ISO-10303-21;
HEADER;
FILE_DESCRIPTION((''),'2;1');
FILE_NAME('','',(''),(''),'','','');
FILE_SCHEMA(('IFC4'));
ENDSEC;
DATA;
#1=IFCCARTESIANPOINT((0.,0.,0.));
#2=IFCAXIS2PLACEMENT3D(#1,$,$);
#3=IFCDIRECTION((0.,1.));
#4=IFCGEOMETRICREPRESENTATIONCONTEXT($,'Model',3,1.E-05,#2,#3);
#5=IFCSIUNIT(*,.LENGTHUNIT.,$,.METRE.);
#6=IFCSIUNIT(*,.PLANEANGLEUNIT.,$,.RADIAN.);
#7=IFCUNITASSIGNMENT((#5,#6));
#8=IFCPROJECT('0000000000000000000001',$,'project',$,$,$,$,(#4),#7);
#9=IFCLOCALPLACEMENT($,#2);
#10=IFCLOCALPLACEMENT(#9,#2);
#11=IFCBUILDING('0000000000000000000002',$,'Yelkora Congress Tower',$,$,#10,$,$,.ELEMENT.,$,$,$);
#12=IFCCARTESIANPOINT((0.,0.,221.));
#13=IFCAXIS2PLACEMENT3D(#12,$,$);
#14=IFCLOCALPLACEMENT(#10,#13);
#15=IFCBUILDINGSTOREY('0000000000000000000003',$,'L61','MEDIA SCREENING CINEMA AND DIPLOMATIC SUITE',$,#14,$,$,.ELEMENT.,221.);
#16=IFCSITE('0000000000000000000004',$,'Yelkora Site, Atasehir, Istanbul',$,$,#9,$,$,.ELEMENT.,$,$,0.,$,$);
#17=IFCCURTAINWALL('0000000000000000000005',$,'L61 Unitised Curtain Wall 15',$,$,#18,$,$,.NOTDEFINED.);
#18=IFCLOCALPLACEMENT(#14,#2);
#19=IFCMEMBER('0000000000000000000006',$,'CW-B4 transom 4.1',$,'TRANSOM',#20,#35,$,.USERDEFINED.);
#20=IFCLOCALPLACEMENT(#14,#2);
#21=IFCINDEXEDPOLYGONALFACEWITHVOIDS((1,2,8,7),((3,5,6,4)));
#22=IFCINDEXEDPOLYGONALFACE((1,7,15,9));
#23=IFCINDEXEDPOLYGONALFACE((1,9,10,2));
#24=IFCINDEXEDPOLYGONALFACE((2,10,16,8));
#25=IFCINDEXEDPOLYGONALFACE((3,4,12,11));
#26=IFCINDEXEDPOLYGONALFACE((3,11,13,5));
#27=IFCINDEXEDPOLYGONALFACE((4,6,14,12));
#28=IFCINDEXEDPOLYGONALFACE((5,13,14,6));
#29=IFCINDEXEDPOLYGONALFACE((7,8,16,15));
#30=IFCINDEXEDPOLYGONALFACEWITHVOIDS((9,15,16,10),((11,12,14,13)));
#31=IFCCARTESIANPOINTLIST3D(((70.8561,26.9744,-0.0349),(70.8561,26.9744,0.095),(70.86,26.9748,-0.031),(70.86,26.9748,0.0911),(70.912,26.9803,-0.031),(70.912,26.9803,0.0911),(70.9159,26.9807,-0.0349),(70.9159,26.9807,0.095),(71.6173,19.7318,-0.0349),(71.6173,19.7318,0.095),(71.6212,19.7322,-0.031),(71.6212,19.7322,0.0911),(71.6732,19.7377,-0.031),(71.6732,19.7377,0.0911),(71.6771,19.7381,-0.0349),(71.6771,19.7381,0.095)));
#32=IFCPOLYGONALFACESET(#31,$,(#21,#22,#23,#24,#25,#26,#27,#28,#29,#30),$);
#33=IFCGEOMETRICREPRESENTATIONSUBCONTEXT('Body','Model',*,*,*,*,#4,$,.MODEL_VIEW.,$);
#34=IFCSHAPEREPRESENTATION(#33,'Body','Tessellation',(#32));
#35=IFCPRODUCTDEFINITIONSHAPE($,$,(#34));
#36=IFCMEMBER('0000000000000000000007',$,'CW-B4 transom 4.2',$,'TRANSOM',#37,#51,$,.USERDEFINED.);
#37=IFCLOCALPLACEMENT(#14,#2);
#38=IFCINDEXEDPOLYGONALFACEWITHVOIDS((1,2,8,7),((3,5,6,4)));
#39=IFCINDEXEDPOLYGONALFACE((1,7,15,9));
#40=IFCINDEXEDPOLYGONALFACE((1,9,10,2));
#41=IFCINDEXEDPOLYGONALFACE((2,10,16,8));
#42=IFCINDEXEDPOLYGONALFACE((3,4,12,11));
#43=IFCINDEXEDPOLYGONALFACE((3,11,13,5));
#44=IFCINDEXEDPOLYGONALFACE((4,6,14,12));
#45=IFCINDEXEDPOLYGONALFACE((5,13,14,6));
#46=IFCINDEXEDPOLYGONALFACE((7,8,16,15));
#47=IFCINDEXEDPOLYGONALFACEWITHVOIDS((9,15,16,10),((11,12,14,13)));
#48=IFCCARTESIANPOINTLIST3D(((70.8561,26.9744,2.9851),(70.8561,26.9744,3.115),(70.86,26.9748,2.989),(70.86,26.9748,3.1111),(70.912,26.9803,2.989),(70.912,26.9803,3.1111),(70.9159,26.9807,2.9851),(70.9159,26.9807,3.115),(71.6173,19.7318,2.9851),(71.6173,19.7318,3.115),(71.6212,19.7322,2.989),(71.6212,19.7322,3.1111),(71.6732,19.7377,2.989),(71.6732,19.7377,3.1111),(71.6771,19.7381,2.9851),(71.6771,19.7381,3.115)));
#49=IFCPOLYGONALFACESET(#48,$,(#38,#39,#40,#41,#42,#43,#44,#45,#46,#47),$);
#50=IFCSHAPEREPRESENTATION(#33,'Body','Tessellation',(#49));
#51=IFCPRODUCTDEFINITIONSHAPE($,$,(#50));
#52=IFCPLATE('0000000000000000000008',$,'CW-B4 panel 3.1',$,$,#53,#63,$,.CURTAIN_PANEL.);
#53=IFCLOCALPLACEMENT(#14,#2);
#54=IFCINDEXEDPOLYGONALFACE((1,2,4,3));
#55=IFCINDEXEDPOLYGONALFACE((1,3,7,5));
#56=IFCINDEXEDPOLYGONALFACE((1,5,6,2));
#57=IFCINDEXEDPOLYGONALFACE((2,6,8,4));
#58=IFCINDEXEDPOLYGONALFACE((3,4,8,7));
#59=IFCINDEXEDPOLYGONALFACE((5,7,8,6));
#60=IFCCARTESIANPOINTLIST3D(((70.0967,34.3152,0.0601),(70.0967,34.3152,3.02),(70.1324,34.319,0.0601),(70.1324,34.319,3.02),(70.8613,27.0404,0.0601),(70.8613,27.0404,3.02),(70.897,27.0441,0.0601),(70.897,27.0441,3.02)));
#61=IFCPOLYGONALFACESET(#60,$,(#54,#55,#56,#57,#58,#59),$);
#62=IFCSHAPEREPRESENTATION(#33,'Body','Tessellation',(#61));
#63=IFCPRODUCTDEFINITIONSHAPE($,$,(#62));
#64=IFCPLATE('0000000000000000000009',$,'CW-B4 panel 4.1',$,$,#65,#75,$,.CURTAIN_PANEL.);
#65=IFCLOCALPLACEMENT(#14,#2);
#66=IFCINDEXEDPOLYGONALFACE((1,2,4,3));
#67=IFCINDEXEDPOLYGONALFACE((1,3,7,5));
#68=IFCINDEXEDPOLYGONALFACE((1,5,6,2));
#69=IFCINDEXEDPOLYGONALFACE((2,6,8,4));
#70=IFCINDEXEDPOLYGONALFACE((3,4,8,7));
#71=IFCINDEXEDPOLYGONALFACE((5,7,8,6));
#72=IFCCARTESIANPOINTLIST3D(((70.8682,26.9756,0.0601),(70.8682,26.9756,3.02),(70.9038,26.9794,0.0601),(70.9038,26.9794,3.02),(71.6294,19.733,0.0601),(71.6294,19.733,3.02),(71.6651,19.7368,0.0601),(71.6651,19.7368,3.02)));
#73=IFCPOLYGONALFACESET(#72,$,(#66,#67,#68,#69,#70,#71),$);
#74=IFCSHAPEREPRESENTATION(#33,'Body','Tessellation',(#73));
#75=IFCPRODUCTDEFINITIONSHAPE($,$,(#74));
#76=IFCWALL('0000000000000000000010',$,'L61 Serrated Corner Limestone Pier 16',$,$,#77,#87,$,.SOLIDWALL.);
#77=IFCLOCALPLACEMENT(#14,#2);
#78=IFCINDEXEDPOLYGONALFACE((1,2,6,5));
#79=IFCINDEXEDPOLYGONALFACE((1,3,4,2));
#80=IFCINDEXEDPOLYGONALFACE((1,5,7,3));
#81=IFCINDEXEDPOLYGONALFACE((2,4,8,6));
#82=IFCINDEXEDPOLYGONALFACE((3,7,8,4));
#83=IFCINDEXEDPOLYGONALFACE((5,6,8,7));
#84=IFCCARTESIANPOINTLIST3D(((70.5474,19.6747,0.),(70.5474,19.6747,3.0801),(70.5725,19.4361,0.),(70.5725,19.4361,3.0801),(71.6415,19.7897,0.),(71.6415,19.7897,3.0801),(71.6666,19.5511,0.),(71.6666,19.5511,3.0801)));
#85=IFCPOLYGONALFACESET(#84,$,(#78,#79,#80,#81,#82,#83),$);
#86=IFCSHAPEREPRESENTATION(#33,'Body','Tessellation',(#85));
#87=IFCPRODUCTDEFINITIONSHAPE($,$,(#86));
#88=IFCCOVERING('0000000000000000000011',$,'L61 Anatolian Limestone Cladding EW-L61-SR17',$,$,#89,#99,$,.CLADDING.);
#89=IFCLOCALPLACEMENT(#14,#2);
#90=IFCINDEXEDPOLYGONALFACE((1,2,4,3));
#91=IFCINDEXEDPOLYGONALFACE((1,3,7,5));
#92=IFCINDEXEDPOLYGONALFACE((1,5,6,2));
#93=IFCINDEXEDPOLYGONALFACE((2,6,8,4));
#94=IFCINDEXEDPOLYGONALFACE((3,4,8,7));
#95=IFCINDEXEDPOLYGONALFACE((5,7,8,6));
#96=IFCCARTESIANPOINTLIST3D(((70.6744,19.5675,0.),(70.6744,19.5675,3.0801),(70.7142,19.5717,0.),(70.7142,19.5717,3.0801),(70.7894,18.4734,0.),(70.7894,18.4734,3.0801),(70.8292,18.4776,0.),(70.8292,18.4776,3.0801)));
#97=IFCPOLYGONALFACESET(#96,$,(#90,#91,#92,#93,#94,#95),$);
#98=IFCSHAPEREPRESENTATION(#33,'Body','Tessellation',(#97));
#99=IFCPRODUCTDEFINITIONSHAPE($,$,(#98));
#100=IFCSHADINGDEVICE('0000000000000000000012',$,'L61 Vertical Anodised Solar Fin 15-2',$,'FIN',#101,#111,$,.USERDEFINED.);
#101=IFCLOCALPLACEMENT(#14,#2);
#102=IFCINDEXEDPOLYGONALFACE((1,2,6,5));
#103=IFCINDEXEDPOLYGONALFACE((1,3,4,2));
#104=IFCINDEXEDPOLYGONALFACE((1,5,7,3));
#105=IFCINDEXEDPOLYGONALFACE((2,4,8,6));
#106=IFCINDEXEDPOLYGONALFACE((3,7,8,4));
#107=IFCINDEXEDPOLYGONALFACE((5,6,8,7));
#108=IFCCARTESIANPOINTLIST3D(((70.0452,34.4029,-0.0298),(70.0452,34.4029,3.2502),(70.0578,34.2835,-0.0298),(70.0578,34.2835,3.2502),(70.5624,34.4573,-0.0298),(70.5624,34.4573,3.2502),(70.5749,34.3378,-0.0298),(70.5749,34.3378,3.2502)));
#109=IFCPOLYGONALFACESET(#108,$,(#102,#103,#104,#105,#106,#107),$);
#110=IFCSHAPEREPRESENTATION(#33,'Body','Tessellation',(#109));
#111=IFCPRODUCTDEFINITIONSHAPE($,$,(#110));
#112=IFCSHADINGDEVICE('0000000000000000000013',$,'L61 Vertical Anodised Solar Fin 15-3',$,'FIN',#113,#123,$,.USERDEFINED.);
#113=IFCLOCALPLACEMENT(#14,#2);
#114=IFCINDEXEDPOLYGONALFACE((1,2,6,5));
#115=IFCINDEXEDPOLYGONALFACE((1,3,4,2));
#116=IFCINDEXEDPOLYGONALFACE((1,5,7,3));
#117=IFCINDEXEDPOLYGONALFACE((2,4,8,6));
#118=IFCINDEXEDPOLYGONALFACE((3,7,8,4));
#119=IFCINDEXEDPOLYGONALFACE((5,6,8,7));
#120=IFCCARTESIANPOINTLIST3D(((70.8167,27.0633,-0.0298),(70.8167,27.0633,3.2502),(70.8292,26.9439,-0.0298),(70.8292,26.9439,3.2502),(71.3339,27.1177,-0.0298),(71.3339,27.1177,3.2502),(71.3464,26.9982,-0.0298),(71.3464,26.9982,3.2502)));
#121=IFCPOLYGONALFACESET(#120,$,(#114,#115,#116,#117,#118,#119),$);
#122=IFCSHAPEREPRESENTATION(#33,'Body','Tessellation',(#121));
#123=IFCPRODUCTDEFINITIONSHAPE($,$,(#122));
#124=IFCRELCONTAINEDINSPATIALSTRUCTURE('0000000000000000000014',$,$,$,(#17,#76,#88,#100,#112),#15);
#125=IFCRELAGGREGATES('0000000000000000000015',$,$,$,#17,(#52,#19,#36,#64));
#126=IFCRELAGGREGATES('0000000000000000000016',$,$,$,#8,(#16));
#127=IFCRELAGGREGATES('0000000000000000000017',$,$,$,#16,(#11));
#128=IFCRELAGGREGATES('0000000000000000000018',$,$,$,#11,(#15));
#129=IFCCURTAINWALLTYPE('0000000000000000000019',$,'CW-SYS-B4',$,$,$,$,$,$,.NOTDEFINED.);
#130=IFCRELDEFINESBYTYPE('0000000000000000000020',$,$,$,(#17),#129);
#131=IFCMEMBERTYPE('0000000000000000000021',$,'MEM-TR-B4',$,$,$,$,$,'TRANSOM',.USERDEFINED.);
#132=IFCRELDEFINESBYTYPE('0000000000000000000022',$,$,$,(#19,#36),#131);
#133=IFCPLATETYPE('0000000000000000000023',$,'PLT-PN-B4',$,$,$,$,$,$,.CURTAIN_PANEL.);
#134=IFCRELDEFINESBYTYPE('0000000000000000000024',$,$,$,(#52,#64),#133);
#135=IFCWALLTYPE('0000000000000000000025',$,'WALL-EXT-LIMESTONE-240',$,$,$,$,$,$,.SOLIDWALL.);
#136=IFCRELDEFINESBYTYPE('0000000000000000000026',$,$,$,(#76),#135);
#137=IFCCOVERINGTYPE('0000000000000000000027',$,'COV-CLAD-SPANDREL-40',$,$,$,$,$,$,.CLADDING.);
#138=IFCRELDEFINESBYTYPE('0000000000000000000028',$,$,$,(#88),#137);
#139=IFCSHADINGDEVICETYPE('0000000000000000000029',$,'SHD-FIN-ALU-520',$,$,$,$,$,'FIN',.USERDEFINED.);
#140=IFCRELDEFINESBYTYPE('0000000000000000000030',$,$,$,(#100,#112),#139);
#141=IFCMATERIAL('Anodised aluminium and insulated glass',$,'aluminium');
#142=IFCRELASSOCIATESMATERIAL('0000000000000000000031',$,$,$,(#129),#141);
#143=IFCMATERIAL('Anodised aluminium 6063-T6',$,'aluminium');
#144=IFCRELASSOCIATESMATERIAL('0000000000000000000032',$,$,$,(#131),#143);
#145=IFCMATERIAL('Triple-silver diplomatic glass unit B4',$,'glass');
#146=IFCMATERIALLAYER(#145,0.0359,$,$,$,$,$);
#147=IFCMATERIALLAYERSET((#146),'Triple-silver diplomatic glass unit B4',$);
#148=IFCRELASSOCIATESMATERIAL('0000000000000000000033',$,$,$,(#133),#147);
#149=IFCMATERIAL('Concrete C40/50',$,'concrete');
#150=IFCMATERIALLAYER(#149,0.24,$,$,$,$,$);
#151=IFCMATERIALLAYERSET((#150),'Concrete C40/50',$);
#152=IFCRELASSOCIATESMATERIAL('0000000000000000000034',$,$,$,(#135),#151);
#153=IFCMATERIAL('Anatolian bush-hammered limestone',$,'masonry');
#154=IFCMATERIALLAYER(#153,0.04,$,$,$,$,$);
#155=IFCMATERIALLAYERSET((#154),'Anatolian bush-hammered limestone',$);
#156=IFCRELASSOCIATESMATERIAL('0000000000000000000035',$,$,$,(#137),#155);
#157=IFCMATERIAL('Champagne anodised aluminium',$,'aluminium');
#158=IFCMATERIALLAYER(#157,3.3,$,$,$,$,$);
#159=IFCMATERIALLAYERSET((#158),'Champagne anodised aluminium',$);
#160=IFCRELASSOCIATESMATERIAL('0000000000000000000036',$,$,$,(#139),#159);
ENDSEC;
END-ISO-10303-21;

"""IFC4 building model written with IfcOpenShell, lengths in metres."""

from ifc_helpers import new_model, si_unit, direction, frame, frame_2d, origin, origin_2d, place, context, subcontext, project, spatial, rectangle, hollow_rectangle, extrude, material, layer, layer_set, material_profile, profile_set, type_object, element, aggregate, save


model = new_model("IFC4")

# Units and contexts
model_context = context("Model", 3, precision=1e-05, world=origin(), true_north=direction((0.0, 1.0)))
body_context = subcontext(model_context, "Body", "Model", "MODEL_VIEW")
ifc_project = project(units=[si_unit("LENGTHUNIT", "METRE"), si_unit("PLANEANGLEUNIT", "RADIAN")], contexts=[model_context])

# Site, building, storey
site_placement = place(None, origin())
site = spatial("IfcSite", under=ifc_project, at=site_placement, Name="Yelkora Site, Atasehir, Istanbul", CompositionType="ELEMENT", RefElevation=0.0)
building_placement = place(site_placement, origin())
building = spatial("IfcBuilding", under=site, at=building_placement, Name="Yelkora Congress Tower", CompositionType="ELEMENT")
storey_placement = place(building_placement, frame((0.0, 0.0, 221.0)))
storey = spatial("IfcBuildingStorey", under=building, at=storey_placement, Name="L61", Description="MEDIA SCREENING CINEMA AND DIPLOMATIC SUITE", CompositionType="ELEMENT", Elevation=221.0)

# Curtain wall, members, plates
ifc_material_1 = material(Name="Anodised aluminium and insulated glass", Category="aluminium")
curtain_wall_type = type_object("IfcCurtainWallType", Name="CW-SYS-B4", PredefinedType="NOTDEFINED", material=ifc_material_1)
curtain_wall_placement = place(storey_placement, origin())
curtain_wall = element("IfcCurtainWall", 1, at=curtain_wall_placement, inside=storey, type_object=curtain_wall_type, Name="L61 Unitised Curtain Wall 15", PredefinedType="NOTDEFINED")
ifc_material_2 = material(Name="Anodised aluminium 6063-T6", Category="aluminium")
ifc_material_profile_1 = material_profile(ifc_material_2, hollow_rectangle(XDim=0.0601, YDim=0.1299, WallThickness=0.0039, at=origin_2d()), Name="ALU 60x130x4")
ifc_profile_set_1 = profile_set([ifc_material_profile_1], Name="Anodised aluminium 6063-T6")
member_type_1 = type_object("IfcMemberType", Name="MEM-TR-B4", ElementType="TRANSOM", PredefinedType="USERDEFINED", material=ifc_profile_set_1)
member_1_placement = place(storey_placement, frame((70.886, 26.9775, 0.03), z_axis=(0.104528, -0.994522, 0.0), x_axis=(0.994522, 0.104528, 0.0)))
member_1 = element("IfcMember", 2, at=member_1_placement, type_object=member_type_1, Name="CW-B4 transom 4.1", ObjectType="TRANSOM", PredefinedType="USERDEFINED", context=body_context, shape_type="SweptSolid", body=[
    extrude(hollow_rectangle(XDim=0.0601, YDim=0.1299, WallThickness=0.0039, at=origin_2d()), origin(), (0.0, 0.0, 1.0), 7.2825),
])
member_2_placement = place(storey_placement, frame((70.886, 26.9775, 3.05), z_axis=(0.104528, -0.994522, 0.0), x_axis=(0.994522, 0.104528, 0.0)))
member_2 = element("IfcMember", 3, at=member_2_placement, type_object=member_type_1, Name="CW-B4 transom 4.2", ObjectType="TRANSOM", PredefinedType="USERDEFINED", context=body_context, shape_type="SweptSolid", body=[
    extrude(hollow_rectangle(XDim=0.0601, YDim=0.1299, WallThickness=0.0039, at=origin_2d()), origin(), (0.0, 0.0, 1.0), 7.2825),
])
ifc_material_3 = material(Name="Triple-silver diplomatic glass unit B4", Category="glass")
ifc_layer_1 = layer(ifc_material_3, 0.0359)
ifc_layer_set_1 = layer_set([ifc_layer_1], Name="Triple-silver diplomatic glass unit B4")
plate_type = type_object("IfcPlateType", Name="PLT-PN-B4", PredefinedType="CURTAIN_PANEL", material=ifc_layer_set_1)
plate_1_placement = place(storey_placement, frame((70.4968, 30.6797, 0.0601), z_axis=(0.0, 0.0, 1.0), x_axis=(0.104526, -0.994522, 0.0)))
plate_1 = element("IfcPlate", 4, at=plate_1_placement, type_object=plate_type, Name="CW-B4 panel 3.1", PredefinedType="CURTAIN_PANEL", context=body_context, shape_type="SweptSolid", body=[
    extrude(rectangle(XDim=7.3149, YDim=0.0359, at=origin_2d()), origin(), (0.0, 0.0, 1.0), 2.96),
])
plate_2_placement = place(storey_placement, frame((71.2666, 23.3562, 0.0601), z_axis=(0.0, 0.0, 1.0), x_axis=(0.104526, -0.994522, 0.0)))
plate_2 = element("IfcPlate", 5, at=plate_2_placement, type_object=plate_type, Name="CW-B4 panel 4.1", PredefinedType="CURTAIN_PANEL", context=body_context, shape_type="SweptSolid", body=[
    extrude(rectangle(XDim=7.2825, YDim=0.0359, at=origin_2d()), origin(), (0.0, 0.0, 1.0), 2.96),
])
aggregate(curtain_wall, [plate_1, member_1, member_2, plate_2])

# Wall
ifc_material_4 = material(Name="Concrete C40/50", Category="concrete")
ifc_layer_2 = layer(ifc_material_4, 0.24)
ifc_layer_set_2 = layer_set([ifc_layer_2], Name="Concrete C40/50")
wall_type = type_object("IfcWallType", Name="WALL-EXT-LIMESTONE-240", PredefinedType="SOLIDWALL", material=ifc_layer_set_2)
wall_placement = place(storey_placement, frame((71.6541, 19.6704, 0.0), z_axis=(0.0, 0.0, 1.0), x_axis=(-0.994521, -0.104535, 0.0)))
element("IfcWall", 6, at=wall_placement, inside=storey, type_object=wall_type, Name="L61 Serrated Corner Limestone Pier 16", PredefinedType="SOLIDWALL", context=body_context, shape_type="SweptSolid", body=[
    extrude(rectangle(XDim=1.1001, YDim=0.24, at=frame_2d((0.55, 0.0))), origin(), (0.0, 0.0, 1.0), 3.0801),
])

# Covering
ifc_material_5 = material(Name="Anatolian bush-hammered limestone", Category="masonry")
ifc_layer_3 = layer(ifc_material_5, 0.04)
ifc_layer_set_3 = layer_set([ifc_layer_3], Name="Anatolian bush-hammered limestone")
covering_type = type_object("IfcCoveringType", Name="COV-CLAD-SPANDREL-40", PredefinedType="CLADDING", material=ifc_layer_set_3)
covering_placement = place(storey_placement, frame((70.6943, 19.5696, 0.0), z_axis=(0.0, 0.0, 1.0), x_axis=(0.104535, -0.994521, 0.0)))
element("IfcCovering", 7, at=covering_placement, inside=storey, type_object=covering_type, Name="L61 Anatolian Limestone Cladding EW-L61-SR17", PredefinedType="CLADDING", context=body_context, shape_type="SweptSolid", body=[
    extrude(rectangle(XDim=1.1001, YDim=0.04, at=frame_2d((0.55, 0.0))), origin(), (0.0, 0.0, 1.0), 3.0801),
])

# Shading devices
ifc_material_6 = material(Name="Champagne anodised aluminium", Category="aluminium")
ifc_layer_4 = layer(ifc_material_6, 3.3)
ifc_layer_set_4 = layer_set([ifc_layer_4], Name="Champagne anodised aluminium")
shading_device_type = type_object("IfcShadingDeviceType", Name="SHD-FIN-ALU-520", ElementType="FIN", PredefinedType="USERDEFINED", material=ifc_layer_set_4)
for number, where, z_axis, x_axis, name in (
    (8, (70.3101, 34.3704, -0.0298), (0.0, 0.0, 1.0), (0.104528, -0.994522, 0.0), "L61 Vertical Anodised Solar Fin 15-2"),
    (9, (71.0815, 27.0308, -0.0298), (0.0, 0.0, 1.0), (0.104528, -0.994522, 0.0), "L61 Vertical Anodised Solar Fin 15-3"),
):
    element("IfcShadingDevice", number, at=place(storey_placement, frame(where, z_axis=z_axis, x_axis=x_axis)), inside=storey, type_object=shading_device_type, Name=name, ObjectType="FIN", PredefinedType="USERDEFINED", context=body_context, shape_type="SweptSolid", body=[
        extrude(rectangle(XDim=0.1201, YDim=0.52, at=origin_2d()), origin(), (0.0, 0.0, 1.0), 3.28),
    ])

save(model, "model.ifc")
